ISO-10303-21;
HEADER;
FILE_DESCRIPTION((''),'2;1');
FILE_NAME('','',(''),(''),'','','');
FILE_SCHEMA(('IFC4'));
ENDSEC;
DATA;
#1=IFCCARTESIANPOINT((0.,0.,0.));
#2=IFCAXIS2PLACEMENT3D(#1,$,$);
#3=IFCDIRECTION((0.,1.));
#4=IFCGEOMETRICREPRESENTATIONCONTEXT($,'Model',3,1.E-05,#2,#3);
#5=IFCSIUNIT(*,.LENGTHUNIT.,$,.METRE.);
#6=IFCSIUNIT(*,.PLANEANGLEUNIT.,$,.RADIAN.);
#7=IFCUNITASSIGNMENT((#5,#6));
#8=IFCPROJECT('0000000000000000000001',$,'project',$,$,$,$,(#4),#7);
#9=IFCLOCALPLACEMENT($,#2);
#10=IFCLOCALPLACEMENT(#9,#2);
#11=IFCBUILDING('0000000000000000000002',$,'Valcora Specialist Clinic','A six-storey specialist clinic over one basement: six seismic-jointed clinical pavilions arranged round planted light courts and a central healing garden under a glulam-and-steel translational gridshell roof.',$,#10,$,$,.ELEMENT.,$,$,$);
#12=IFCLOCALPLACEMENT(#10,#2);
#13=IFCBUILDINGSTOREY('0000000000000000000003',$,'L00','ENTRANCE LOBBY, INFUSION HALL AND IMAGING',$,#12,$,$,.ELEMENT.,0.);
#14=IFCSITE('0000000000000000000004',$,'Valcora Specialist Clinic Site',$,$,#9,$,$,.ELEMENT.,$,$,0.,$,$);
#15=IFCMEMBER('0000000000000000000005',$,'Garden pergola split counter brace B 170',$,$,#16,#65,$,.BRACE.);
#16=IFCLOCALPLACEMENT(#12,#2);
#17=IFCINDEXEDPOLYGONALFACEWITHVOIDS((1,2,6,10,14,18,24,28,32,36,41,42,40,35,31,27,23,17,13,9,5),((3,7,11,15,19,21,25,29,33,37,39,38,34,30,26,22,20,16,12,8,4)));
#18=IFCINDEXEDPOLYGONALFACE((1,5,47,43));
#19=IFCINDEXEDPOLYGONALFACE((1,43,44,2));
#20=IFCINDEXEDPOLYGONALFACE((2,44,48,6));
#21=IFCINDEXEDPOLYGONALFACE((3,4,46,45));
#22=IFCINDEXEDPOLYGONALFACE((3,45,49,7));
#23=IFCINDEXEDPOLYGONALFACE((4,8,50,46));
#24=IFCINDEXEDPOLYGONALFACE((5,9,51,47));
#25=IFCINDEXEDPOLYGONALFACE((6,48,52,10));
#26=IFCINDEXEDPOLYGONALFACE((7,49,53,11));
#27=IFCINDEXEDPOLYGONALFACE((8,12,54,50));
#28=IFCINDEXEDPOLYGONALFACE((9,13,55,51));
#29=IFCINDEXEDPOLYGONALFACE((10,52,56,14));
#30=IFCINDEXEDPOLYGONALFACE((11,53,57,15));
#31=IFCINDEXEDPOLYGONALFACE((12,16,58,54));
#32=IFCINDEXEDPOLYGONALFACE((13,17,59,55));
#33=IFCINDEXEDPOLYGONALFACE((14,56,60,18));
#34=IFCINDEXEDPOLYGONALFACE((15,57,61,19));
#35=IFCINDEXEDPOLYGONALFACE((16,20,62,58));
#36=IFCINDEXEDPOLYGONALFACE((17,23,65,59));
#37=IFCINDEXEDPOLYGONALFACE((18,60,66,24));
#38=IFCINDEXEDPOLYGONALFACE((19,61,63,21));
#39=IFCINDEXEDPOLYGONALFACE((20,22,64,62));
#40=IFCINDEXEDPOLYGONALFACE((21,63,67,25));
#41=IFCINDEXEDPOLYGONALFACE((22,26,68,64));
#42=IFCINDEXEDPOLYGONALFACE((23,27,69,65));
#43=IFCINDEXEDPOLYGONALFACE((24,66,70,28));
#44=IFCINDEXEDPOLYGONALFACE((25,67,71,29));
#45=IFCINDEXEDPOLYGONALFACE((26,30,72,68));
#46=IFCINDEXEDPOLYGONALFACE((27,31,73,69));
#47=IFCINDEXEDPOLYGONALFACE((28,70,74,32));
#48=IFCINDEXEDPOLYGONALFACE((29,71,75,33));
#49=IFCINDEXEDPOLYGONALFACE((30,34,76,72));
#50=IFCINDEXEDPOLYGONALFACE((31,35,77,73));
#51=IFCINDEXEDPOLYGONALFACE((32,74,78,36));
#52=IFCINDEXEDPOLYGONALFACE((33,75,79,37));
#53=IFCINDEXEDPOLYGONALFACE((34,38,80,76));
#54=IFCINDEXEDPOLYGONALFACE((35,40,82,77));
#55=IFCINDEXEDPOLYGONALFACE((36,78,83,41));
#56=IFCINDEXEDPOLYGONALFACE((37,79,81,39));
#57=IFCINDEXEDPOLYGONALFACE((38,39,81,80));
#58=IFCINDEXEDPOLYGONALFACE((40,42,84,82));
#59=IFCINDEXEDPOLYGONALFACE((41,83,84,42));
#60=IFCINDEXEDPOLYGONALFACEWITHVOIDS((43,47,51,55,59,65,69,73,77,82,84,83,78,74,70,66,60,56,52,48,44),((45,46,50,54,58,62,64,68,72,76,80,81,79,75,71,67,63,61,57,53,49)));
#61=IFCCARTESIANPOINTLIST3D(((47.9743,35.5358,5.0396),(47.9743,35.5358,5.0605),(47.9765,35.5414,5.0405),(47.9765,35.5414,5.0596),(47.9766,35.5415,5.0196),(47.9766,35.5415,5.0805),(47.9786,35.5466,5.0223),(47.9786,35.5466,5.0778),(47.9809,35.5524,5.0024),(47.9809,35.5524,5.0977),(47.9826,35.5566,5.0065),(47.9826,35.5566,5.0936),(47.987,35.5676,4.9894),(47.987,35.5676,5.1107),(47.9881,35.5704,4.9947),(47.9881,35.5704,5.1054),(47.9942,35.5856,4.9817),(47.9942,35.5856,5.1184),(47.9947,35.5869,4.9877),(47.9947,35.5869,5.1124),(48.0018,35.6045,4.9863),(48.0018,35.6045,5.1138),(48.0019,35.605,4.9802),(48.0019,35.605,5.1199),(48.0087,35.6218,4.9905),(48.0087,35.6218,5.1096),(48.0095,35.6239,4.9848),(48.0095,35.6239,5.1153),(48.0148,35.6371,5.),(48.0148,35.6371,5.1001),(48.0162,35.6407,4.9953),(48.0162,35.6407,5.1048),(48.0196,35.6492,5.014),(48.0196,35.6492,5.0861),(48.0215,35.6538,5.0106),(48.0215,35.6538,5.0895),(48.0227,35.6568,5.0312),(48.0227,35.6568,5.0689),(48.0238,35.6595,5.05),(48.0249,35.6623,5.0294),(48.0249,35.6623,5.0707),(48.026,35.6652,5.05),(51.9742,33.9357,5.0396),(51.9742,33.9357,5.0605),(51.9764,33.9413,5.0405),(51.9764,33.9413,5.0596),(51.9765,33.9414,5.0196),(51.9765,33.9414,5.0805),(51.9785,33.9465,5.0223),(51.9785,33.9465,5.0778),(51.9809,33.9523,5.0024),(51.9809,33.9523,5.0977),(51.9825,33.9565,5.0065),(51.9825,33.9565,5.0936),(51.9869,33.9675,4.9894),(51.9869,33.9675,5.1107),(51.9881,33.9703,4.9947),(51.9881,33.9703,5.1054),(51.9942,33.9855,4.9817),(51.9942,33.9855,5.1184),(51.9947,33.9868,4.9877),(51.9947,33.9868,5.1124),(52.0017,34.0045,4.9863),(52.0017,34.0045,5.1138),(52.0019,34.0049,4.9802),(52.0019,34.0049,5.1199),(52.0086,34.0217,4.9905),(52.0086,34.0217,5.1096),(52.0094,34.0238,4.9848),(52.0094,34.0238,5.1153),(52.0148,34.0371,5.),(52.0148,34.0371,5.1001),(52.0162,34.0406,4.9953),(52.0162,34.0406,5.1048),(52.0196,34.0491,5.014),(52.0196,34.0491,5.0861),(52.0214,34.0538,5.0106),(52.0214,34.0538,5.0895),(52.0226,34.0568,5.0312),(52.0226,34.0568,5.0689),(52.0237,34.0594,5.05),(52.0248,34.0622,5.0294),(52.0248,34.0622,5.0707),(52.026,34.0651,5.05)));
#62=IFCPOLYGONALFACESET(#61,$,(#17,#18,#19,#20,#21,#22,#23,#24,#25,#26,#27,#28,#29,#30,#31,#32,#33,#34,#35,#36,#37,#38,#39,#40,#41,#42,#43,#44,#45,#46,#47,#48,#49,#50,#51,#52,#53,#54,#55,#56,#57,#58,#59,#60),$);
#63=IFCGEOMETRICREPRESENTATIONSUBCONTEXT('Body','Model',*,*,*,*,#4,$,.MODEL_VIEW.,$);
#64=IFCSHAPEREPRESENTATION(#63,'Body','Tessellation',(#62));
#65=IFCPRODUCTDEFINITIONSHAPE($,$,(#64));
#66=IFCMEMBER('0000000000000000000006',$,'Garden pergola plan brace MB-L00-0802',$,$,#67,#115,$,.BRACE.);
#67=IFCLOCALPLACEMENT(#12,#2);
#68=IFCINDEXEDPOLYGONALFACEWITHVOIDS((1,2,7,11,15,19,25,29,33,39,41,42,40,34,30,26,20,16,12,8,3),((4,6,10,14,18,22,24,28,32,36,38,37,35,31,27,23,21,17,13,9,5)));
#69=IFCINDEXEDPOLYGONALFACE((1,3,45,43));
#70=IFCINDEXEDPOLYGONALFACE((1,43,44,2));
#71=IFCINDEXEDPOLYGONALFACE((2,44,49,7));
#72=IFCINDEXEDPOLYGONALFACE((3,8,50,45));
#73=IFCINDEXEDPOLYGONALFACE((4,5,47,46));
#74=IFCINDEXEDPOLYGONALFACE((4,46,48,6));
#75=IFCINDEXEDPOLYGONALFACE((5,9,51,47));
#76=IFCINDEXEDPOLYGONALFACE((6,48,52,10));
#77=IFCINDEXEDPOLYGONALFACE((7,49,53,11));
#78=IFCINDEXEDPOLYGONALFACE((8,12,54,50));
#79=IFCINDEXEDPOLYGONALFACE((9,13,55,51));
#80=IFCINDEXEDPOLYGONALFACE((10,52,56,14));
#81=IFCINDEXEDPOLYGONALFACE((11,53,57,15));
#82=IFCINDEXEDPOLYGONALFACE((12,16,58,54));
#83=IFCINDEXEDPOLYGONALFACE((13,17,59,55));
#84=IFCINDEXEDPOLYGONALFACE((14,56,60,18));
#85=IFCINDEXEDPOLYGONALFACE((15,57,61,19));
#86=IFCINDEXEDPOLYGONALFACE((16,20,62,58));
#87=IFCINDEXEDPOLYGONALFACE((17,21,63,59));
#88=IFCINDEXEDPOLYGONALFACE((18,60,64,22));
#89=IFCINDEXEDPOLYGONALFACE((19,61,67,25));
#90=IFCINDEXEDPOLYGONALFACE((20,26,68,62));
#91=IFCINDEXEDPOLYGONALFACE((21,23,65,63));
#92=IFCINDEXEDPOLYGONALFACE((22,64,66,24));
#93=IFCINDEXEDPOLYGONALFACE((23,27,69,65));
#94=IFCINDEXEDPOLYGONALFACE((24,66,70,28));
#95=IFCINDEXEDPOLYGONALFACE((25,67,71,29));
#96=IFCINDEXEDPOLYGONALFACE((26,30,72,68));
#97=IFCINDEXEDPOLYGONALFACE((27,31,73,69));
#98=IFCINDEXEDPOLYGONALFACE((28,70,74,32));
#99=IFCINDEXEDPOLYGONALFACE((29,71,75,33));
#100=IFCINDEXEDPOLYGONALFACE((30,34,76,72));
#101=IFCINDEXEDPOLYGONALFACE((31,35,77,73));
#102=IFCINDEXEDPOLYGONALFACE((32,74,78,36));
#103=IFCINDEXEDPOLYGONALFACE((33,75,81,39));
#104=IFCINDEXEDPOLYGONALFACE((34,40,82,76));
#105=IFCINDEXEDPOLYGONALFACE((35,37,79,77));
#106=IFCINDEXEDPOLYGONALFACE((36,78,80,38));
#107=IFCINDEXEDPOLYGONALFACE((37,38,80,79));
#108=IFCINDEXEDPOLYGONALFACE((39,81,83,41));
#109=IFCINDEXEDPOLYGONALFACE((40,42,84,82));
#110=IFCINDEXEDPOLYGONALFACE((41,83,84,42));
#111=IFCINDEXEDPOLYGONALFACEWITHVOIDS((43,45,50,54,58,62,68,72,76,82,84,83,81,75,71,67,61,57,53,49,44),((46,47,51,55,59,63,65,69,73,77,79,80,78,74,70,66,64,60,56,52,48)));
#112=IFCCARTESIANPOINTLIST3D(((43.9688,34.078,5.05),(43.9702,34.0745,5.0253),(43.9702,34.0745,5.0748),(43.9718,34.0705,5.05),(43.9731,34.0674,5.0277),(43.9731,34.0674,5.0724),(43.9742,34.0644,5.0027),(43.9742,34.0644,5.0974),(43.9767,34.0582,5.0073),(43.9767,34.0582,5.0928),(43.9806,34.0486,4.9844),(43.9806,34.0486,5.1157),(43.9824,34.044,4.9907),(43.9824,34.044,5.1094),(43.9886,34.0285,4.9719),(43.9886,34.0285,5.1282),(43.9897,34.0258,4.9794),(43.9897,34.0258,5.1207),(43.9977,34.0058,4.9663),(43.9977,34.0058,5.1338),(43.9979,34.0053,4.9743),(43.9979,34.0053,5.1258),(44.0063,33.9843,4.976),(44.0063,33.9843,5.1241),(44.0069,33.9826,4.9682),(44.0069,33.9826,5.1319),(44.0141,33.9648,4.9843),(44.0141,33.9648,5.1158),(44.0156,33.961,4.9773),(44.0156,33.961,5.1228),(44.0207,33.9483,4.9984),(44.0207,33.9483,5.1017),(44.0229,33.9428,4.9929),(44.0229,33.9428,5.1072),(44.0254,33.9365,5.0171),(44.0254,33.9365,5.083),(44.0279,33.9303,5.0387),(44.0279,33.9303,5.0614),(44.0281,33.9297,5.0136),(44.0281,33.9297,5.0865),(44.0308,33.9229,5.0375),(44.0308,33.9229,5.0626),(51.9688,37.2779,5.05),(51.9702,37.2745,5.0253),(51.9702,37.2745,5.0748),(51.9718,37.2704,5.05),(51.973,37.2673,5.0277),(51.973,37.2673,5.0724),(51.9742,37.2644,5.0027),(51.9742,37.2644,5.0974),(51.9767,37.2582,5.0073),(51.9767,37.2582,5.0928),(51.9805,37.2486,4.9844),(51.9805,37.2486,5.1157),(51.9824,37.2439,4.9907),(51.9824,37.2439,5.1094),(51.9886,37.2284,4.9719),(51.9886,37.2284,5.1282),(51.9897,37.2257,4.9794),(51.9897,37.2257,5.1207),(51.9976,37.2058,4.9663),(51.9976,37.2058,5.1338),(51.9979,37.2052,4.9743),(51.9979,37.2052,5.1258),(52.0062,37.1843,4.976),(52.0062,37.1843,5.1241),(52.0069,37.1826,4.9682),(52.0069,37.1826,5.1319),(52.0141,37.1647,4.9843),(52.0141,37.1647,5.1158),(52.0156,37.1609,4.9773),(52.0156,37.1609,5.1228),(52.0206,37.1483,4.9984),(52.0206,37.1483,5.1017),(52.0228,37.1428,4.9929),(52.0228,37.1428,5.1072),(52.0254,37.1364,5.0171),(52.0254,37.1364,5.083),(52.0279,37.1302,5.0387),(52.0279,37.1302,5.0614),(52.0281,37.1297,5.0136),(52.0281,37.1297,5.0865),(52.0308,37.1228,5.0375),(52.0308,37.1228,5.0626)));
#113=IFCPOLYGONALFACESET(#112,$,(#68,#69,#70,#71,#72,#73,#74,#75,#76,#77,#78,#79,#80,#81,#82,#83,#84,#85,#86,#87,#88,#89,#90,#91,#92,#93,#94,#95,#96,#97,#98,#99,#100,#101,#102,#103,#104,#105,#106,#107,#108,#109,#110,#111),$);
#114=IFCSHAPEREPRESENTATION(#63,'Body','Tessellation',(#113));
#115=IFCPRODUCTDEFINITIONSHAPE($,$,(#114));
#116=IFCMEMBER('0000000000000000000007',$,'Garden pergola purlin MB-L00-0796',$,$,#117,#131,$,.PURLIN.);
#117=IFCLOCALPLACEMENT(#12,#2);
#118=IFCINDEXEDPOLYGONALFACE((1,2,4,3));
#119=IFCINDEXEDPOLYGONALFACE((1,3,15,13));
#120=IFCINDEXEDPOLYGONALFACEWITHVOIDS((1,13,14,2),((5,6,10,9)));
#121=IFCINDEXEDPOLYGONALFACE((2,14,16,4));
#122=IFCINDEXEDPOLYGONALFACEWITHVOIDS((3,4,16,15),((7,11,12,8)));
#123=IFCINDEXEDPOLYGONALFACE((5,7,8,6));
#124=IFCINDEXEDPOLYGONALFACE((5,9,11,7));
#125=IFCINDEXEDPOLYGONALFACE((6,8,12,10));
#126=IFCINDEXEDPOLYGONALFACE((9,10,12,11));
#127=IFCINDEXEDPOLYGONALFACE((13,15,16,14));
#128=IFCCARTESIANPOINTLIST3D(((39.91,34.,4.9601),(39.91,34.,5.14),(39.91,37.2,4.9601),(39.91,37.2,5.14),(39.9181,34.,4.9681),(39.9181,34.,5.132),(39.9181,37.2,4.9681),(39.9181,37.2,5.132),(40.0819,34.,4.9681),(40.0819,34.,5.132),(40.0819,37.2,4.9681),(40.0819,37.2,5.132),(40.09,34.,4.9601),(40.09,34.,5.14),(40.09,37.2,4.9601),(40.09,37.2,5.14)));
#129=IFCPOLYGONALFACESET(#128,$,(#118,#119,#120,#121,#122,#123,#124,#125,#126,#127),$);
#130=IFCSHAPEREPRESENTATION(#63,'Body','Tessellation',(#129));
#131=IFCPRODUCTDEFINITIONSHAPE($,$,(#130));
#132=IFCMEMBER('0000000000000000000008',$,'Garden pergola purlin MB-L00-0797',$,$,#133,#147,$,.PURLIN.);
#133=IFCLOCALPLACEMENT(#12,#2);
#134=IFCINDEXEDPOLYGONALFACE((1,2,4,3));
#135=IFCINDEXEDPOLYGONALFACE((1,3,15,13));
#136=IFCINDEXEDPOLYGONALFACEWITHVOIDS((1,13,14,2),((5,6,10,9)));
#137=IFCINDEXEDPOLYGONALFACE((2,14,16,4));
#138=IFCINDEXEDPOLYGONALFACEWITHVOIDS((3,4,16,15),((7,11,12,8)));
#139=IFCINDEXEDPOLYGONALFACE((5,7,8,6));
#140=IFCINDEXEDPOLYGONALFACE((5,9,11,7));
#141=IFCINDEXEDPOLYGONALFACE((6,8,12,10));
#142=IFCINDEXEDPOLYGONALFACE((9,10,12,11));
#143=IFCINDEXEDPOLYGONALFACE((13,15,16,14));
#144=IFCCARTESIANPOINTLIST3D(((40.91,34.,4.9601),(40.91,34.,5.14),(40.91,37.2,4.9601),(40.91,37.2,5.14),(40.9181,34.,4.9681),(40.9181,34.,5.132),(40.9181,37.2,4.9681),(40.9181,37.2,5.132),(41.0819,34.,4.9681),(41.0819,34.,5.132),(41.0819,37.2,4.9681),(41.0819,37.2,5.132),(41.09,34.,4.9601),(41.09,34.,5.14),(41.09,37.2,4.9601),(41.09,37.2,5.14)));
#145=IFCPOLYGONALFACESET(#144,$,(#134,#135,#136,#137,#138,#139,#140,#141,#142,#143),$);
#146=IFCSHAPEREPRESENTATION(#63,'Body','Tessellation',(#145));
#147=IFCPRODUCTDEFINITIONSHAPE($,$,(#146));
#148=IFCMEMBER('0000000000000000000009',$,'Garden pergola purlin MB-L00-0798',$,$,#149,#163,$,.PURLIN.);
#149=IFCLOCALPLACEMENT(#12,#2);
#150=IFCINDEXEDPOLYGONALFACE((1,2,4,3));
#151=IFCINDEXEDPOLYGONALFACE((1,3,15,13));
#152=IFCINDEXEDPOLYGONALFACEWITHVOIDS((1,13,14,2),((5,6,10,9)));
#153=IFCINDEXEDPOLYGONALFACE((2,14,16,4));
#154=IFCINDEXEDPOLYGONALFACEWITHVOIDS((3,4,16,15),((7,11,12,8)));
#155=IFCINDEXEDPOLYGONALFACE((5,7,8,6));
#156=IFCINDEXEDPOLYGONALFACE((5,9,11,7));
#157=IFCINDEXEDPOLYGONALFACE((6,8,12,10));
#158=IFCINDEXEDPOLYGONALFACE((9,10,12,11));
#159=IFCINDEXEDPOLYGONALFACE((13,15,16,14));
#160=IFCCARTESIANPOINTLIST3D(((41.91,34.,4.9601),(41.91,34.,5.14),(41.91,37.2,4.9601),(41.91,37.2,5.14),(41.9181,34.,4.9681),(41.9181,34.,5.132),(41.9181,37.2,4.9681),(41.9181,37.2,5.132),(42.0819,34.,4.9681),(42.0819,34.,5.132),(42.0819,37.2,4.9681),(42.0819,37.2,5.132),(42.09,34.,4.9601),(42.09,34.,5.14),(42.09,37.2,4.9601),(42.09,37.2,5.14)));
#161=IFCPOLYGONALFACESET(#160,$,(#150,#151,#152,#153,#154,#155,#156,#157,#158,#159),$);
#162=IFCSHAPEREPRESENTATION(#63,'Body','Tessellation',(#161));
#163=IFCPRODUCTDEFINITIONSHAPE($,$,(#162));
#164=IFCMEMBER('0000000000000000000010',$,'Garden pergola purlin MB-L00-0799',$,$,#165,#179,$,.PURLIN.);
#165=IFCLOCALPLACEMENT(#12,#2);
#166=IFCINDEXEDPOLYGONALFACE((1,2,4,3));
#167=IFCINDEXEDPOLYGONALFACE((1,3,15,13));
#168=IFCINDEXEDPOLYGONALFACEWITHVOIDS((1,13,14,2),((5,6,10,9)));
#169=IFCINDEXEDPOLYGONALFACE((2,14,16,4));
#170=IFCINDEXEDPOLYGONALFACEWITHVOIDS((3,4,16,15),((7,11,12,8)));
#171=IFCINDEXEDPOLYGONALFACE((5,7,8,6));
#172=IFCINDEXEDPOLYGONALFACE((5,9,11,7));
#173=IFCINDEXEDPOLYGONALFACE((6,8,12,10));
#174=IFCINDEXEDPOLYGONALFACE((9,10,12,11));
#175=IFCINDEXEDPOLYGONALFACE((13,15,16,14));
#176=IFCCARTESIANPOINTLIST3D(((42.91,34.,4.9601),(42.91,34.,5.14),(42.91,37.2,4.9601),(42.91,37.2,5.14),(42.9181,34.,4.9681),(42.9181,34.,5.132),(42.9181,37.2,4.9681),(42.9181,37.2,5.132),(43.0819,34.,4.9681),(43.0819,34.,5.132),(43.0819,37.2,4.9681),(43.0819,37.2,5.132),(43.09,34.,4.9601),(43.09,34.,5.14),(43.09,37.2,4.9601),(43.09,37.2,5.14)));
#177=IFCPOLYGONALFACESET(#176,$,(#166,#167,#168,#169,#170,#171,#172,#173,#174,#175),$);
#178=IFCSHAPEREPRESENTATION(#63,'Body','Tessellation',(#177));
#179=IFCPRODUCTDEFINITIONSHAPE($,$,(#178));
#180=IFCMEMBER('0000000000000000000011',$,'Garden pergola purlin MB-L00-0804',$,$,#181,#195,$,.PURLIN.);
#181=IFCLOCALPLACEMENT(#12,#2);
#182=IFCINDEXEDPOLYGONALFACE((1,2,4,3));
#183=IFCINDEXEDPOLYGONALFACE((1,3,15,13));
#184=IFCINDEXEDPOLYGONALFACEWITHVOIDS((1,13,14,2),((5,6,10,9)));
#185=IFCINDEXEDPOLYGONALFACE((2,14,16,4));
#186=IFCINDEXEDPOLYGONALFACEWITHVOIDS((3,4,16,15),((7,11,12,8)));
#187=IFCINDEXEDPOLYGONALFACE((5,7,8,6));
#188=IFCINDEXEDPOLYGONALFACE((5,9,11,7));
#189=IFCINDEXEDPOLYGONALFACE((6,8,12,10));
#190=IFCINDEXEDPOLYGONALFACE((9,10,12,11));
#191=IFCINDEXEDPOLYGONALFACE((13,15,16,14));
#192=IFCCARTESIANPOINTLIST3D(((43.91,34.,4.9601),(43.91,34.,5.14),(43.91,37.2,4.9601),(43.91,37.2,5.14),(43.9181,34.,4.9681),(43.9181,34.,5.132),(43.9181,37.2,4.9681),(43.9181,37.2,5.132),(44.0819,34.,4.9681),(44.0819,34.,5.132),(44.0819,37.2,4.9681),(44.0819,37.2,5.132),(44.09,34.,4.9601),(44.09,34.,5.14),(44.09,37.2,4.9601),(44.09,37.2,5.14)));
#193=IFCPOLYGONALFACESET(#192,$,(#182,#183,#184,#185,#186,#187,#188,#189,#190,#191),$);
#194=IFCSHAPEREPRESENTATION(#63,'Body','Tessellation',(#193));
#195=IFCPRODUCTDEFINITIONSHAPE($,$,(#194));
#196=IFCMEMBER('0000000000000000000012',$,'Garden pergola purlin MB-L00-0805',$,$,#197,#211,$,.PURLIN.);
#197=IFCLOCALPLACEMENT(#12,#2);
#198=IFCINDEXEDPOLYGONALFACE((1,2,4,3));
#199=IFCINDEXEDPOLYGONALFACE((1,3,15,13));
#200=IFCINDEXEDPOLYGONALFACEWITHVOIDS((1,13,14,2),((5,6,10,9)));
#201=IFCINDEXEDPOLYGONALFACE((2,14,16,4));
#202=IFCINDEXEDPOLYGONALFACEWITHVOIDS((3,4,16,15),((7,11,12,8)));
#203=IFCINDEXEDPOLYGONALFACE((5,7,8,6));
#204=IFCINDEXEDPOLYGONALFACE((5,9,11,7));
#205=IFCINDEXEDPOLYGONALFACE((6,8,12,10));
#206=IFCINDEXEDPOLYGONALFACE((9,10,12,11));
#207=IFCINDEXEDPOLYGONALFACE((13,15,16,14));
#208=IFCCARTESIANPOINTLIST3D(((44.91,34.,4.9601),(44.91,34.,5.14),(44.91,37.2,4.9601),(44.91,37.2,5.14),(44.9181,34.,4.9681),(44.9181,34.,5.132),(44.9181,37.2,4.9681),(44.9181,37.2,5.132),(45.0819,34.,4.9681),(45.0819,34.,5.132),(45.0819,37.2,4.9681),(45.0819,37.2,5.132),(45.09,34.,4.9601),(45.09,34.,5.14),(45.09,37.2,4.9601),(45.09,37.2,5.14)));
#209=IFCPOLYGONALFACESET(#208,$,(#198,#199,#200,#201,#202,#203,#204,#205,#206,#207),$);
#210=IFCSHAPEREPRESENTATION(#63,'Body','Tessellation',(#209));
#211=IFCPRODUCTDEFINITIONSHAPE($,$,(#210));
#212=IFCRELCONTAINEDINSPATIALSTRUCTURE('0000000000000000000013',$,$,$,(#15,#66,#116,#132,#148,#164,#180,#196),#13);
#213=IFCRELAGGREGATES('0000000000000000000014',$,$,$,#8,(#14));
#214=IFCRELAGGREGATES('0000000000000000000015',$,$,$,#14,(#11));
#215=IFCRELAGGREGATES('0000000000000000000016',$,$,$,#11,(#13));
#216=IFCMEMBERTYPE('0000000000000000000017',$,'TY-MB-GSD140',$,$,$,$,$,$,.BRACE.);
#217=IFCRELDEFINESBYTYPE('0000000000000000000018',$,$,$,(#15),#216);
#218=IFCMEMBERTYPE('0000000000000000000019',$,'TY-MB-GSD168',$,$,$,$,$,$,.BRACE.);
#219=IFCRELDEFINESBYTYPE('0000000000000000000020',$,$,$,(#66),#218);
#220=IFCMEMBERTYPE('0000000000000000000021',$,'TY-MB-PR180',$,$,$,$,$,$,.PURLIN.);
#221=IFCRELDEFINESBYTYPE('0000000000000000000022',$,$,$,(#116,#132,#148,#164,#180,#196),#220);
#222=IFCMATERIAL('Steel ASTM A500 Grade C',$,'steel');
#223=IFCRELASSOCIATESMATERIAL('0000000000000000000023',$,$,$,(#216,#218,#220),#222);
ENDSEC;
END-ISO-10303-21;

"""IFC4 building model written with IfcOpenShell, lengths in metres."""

from ifc_helpers import new_model, si_unit, direction, frame, origin, origin_2d, place, context, subcontext, project, spatial, hollow_rectangle, hollow_circle, extrude, material, material_profile, profile_set, type_object, element, save


model = new_model("IFC4")

# Units and contexts
model_context = context("Model", 3, precision=1e-05, world=origin(), true_north=direction((0.0, 1.0)))
body_context = subcontext(model_context, "Body", "Model", "MODEL_VIEW")
ifc_project = project(units=[si_unit("LENGTHUNIT", "METRE"), si_unit("PLANEANGLEUNIT", "RADIAN")], contexts=[model_context])

# Site, building, storey
site_placement = place(None, origin())
site = spatial("IfcSite", under=ifc_project, at=site_placement, Name="Valcora Specialist Clinic Site", CompositionType="ELEMENT", RefElevation=0.0)
building_placement = place(site_placement, origin())
building = spatial("IfcBuilding", under=site, at=building_placement, Name="Valcora Specialist Clinic", Description="A six-storey specialist clinic over one basement: six seismic-jointed clinical pavilions arranged round planted light courts and a central healing garden under a glulam-and-steel translational gridshell roof.", CompositionType="ELEMENT")
storey_placement = place(building_placement, origin())
storey = spatial("IfcBuildingStorey", under=building, at=storey_placement, Name="L00", Description="ENTRANCE LOBBY, INFUSION HALL AND IMAGING", CompositionType="ELEMENT", Elevation=0.0)

# Members
ifc_material_1 = material(Name="Steel ASTM A500 Grade C", Category="steel")
ifc_material_profile_1 = material_profile(ifc_material_1, hollow_circle(Radius=0.0701, WallThickness=0.0061, at=origin_2d()), Name="ST-CHS-140X6")
ifc_profile_set_1 = profile_set([ifc_material_profile_1], Name="Steel ASTM A500 Grade C")
member_type_1 = type_object("IfcMemberType", Name="TY-MB-GSD140", PredefinedType="BRACE", material=ifc_profile_set_1)
for number, where, z_axis, x_axis, name in (
    (1, (48.0, 35.6001, 5.05), (0.928469, -0.37141, 0.0), (0.37141, 0.928469, 0.0), "Garden pergola split counter brace B 170"),
):
    element("IfcMember", number, at=place(storey_placement, frame(where, z_axis=z_axis, x_axis=x_axis)), inside=storey, type_object=member_type_1, Name=name, PredefinedType="BRACE", context=body_context, shape_type="SweptSolid", body=[
        extrude(hollow_circle(Radius=0.0701, WallThickness=0.0061, at=origin_2d()), origin(), (0.0, 0.0, 1.0), 4.3081),
    ])
ifc_material_profile_2 = material_profile(ifc_material_1, hollow_circle(Radius=0.084, WallThickness=0.0081, at=origin_2d()), Name="ST-CHS-168X8")
ifc_profile_set_2 = profile_set([ifc_material_profile_2], Name="Steel ASTM A500 Grade C")
member_type_2 = type_object("IfcMemberType", Name="TY-MB-GSD168", PredefinedType="BRACE", material=ifc_profile_set_2)
member_1_placement = place(storey_placement, frame((44.0, 34.0, 5.05), z_axis=(0.928479, 0.371386, 0.0), x_axis=(-0.371386, 0.928479, 0.0)))
element("IfcMember", 2, at=member_1_placement, inside=storey, type_object=member_type_2, Name="Garden pergola plan brace MB-L00-0802", PredefinedType="BRACE", context=body_context, shape_type="SweptSolid", body=[
    extrude(hollow_circle(Radius=0.084, WallThickness=0.0081, at=origin_2d()), origin(), (0.0, 0.0, 1.0), 8.6162),
])
ifc_material_profile_3 = material_profile(ifc_material_1, hollow_rectangle(XDim=0.1799, YDim=0.1799, WallThickness=0.0081, at=origin_2d()), Name="ST-RHS-180X180X8")
ifc_profile_set_3 = profile_set([ifc_material_profile_3], Name="Steel ASTM A500 Grade C")
member_type_3 = type_object("IfcMemberType", Name="TY-MB-PR180", PredefinedType="PURLIN", material=ifc_profile_set_3)
for number, where, z_axis, x_axis, name in (
    (3, (40.0, 34.0, 5.05), (0.0, 1.0, 0.0), (-1.0, 0.0, 0.0), "Garden pergola purlin MB-L00-0796"),
    (4, (41.0, 34.0, 5.05), (0.0, 1.0, 0.0), (-1.0, 0.0, 0.0), "Garden pergola purlin MB-L00-0797"),
    (5, (42.0, 34.0, 5.05), (0.0, 1.0, 0.0), (-1.0, 0.0, 0.0), "Garden pergola purlin MB-L00-0798"),
    (6, (43.0, 34.0, 5.05), (0.0, 1.0, 0.0), (-1.0, 0.0, 0.0), "Garden pergola purlin MB-L00-0799"),
    (7, (44.0, 34.0, 5.05), (0.0, 1.0, 0.0), (-1.0, 0.0, 0.0), "Garden pergola purlin MB-L00-0804"),
    (8, (45.0, 34.0, 5.05), (0.0, 1.0, 0.0), (-1.0, 0.0, 0.0), "Garden pergola purlin MB-L00-0805"),
):
    element("IfcMember", number, at=place(storey_placement, frame(where, z_axis=z_axis, x_axis=x_axis)), inside=storey, type_object=member_type_3, Name=name, PredefinedType="PURLIN", context=body_context, shape_type="SweptSolid", body=[
        extrude(hollow_rectangle(XDim=0.1799, YDim=0.1799, WallThickness=0.0081, at=origin_2d()), origin(), (0.0, 0.0, 1.0), 3.2),
    ])

save(model, "model.ifc")
